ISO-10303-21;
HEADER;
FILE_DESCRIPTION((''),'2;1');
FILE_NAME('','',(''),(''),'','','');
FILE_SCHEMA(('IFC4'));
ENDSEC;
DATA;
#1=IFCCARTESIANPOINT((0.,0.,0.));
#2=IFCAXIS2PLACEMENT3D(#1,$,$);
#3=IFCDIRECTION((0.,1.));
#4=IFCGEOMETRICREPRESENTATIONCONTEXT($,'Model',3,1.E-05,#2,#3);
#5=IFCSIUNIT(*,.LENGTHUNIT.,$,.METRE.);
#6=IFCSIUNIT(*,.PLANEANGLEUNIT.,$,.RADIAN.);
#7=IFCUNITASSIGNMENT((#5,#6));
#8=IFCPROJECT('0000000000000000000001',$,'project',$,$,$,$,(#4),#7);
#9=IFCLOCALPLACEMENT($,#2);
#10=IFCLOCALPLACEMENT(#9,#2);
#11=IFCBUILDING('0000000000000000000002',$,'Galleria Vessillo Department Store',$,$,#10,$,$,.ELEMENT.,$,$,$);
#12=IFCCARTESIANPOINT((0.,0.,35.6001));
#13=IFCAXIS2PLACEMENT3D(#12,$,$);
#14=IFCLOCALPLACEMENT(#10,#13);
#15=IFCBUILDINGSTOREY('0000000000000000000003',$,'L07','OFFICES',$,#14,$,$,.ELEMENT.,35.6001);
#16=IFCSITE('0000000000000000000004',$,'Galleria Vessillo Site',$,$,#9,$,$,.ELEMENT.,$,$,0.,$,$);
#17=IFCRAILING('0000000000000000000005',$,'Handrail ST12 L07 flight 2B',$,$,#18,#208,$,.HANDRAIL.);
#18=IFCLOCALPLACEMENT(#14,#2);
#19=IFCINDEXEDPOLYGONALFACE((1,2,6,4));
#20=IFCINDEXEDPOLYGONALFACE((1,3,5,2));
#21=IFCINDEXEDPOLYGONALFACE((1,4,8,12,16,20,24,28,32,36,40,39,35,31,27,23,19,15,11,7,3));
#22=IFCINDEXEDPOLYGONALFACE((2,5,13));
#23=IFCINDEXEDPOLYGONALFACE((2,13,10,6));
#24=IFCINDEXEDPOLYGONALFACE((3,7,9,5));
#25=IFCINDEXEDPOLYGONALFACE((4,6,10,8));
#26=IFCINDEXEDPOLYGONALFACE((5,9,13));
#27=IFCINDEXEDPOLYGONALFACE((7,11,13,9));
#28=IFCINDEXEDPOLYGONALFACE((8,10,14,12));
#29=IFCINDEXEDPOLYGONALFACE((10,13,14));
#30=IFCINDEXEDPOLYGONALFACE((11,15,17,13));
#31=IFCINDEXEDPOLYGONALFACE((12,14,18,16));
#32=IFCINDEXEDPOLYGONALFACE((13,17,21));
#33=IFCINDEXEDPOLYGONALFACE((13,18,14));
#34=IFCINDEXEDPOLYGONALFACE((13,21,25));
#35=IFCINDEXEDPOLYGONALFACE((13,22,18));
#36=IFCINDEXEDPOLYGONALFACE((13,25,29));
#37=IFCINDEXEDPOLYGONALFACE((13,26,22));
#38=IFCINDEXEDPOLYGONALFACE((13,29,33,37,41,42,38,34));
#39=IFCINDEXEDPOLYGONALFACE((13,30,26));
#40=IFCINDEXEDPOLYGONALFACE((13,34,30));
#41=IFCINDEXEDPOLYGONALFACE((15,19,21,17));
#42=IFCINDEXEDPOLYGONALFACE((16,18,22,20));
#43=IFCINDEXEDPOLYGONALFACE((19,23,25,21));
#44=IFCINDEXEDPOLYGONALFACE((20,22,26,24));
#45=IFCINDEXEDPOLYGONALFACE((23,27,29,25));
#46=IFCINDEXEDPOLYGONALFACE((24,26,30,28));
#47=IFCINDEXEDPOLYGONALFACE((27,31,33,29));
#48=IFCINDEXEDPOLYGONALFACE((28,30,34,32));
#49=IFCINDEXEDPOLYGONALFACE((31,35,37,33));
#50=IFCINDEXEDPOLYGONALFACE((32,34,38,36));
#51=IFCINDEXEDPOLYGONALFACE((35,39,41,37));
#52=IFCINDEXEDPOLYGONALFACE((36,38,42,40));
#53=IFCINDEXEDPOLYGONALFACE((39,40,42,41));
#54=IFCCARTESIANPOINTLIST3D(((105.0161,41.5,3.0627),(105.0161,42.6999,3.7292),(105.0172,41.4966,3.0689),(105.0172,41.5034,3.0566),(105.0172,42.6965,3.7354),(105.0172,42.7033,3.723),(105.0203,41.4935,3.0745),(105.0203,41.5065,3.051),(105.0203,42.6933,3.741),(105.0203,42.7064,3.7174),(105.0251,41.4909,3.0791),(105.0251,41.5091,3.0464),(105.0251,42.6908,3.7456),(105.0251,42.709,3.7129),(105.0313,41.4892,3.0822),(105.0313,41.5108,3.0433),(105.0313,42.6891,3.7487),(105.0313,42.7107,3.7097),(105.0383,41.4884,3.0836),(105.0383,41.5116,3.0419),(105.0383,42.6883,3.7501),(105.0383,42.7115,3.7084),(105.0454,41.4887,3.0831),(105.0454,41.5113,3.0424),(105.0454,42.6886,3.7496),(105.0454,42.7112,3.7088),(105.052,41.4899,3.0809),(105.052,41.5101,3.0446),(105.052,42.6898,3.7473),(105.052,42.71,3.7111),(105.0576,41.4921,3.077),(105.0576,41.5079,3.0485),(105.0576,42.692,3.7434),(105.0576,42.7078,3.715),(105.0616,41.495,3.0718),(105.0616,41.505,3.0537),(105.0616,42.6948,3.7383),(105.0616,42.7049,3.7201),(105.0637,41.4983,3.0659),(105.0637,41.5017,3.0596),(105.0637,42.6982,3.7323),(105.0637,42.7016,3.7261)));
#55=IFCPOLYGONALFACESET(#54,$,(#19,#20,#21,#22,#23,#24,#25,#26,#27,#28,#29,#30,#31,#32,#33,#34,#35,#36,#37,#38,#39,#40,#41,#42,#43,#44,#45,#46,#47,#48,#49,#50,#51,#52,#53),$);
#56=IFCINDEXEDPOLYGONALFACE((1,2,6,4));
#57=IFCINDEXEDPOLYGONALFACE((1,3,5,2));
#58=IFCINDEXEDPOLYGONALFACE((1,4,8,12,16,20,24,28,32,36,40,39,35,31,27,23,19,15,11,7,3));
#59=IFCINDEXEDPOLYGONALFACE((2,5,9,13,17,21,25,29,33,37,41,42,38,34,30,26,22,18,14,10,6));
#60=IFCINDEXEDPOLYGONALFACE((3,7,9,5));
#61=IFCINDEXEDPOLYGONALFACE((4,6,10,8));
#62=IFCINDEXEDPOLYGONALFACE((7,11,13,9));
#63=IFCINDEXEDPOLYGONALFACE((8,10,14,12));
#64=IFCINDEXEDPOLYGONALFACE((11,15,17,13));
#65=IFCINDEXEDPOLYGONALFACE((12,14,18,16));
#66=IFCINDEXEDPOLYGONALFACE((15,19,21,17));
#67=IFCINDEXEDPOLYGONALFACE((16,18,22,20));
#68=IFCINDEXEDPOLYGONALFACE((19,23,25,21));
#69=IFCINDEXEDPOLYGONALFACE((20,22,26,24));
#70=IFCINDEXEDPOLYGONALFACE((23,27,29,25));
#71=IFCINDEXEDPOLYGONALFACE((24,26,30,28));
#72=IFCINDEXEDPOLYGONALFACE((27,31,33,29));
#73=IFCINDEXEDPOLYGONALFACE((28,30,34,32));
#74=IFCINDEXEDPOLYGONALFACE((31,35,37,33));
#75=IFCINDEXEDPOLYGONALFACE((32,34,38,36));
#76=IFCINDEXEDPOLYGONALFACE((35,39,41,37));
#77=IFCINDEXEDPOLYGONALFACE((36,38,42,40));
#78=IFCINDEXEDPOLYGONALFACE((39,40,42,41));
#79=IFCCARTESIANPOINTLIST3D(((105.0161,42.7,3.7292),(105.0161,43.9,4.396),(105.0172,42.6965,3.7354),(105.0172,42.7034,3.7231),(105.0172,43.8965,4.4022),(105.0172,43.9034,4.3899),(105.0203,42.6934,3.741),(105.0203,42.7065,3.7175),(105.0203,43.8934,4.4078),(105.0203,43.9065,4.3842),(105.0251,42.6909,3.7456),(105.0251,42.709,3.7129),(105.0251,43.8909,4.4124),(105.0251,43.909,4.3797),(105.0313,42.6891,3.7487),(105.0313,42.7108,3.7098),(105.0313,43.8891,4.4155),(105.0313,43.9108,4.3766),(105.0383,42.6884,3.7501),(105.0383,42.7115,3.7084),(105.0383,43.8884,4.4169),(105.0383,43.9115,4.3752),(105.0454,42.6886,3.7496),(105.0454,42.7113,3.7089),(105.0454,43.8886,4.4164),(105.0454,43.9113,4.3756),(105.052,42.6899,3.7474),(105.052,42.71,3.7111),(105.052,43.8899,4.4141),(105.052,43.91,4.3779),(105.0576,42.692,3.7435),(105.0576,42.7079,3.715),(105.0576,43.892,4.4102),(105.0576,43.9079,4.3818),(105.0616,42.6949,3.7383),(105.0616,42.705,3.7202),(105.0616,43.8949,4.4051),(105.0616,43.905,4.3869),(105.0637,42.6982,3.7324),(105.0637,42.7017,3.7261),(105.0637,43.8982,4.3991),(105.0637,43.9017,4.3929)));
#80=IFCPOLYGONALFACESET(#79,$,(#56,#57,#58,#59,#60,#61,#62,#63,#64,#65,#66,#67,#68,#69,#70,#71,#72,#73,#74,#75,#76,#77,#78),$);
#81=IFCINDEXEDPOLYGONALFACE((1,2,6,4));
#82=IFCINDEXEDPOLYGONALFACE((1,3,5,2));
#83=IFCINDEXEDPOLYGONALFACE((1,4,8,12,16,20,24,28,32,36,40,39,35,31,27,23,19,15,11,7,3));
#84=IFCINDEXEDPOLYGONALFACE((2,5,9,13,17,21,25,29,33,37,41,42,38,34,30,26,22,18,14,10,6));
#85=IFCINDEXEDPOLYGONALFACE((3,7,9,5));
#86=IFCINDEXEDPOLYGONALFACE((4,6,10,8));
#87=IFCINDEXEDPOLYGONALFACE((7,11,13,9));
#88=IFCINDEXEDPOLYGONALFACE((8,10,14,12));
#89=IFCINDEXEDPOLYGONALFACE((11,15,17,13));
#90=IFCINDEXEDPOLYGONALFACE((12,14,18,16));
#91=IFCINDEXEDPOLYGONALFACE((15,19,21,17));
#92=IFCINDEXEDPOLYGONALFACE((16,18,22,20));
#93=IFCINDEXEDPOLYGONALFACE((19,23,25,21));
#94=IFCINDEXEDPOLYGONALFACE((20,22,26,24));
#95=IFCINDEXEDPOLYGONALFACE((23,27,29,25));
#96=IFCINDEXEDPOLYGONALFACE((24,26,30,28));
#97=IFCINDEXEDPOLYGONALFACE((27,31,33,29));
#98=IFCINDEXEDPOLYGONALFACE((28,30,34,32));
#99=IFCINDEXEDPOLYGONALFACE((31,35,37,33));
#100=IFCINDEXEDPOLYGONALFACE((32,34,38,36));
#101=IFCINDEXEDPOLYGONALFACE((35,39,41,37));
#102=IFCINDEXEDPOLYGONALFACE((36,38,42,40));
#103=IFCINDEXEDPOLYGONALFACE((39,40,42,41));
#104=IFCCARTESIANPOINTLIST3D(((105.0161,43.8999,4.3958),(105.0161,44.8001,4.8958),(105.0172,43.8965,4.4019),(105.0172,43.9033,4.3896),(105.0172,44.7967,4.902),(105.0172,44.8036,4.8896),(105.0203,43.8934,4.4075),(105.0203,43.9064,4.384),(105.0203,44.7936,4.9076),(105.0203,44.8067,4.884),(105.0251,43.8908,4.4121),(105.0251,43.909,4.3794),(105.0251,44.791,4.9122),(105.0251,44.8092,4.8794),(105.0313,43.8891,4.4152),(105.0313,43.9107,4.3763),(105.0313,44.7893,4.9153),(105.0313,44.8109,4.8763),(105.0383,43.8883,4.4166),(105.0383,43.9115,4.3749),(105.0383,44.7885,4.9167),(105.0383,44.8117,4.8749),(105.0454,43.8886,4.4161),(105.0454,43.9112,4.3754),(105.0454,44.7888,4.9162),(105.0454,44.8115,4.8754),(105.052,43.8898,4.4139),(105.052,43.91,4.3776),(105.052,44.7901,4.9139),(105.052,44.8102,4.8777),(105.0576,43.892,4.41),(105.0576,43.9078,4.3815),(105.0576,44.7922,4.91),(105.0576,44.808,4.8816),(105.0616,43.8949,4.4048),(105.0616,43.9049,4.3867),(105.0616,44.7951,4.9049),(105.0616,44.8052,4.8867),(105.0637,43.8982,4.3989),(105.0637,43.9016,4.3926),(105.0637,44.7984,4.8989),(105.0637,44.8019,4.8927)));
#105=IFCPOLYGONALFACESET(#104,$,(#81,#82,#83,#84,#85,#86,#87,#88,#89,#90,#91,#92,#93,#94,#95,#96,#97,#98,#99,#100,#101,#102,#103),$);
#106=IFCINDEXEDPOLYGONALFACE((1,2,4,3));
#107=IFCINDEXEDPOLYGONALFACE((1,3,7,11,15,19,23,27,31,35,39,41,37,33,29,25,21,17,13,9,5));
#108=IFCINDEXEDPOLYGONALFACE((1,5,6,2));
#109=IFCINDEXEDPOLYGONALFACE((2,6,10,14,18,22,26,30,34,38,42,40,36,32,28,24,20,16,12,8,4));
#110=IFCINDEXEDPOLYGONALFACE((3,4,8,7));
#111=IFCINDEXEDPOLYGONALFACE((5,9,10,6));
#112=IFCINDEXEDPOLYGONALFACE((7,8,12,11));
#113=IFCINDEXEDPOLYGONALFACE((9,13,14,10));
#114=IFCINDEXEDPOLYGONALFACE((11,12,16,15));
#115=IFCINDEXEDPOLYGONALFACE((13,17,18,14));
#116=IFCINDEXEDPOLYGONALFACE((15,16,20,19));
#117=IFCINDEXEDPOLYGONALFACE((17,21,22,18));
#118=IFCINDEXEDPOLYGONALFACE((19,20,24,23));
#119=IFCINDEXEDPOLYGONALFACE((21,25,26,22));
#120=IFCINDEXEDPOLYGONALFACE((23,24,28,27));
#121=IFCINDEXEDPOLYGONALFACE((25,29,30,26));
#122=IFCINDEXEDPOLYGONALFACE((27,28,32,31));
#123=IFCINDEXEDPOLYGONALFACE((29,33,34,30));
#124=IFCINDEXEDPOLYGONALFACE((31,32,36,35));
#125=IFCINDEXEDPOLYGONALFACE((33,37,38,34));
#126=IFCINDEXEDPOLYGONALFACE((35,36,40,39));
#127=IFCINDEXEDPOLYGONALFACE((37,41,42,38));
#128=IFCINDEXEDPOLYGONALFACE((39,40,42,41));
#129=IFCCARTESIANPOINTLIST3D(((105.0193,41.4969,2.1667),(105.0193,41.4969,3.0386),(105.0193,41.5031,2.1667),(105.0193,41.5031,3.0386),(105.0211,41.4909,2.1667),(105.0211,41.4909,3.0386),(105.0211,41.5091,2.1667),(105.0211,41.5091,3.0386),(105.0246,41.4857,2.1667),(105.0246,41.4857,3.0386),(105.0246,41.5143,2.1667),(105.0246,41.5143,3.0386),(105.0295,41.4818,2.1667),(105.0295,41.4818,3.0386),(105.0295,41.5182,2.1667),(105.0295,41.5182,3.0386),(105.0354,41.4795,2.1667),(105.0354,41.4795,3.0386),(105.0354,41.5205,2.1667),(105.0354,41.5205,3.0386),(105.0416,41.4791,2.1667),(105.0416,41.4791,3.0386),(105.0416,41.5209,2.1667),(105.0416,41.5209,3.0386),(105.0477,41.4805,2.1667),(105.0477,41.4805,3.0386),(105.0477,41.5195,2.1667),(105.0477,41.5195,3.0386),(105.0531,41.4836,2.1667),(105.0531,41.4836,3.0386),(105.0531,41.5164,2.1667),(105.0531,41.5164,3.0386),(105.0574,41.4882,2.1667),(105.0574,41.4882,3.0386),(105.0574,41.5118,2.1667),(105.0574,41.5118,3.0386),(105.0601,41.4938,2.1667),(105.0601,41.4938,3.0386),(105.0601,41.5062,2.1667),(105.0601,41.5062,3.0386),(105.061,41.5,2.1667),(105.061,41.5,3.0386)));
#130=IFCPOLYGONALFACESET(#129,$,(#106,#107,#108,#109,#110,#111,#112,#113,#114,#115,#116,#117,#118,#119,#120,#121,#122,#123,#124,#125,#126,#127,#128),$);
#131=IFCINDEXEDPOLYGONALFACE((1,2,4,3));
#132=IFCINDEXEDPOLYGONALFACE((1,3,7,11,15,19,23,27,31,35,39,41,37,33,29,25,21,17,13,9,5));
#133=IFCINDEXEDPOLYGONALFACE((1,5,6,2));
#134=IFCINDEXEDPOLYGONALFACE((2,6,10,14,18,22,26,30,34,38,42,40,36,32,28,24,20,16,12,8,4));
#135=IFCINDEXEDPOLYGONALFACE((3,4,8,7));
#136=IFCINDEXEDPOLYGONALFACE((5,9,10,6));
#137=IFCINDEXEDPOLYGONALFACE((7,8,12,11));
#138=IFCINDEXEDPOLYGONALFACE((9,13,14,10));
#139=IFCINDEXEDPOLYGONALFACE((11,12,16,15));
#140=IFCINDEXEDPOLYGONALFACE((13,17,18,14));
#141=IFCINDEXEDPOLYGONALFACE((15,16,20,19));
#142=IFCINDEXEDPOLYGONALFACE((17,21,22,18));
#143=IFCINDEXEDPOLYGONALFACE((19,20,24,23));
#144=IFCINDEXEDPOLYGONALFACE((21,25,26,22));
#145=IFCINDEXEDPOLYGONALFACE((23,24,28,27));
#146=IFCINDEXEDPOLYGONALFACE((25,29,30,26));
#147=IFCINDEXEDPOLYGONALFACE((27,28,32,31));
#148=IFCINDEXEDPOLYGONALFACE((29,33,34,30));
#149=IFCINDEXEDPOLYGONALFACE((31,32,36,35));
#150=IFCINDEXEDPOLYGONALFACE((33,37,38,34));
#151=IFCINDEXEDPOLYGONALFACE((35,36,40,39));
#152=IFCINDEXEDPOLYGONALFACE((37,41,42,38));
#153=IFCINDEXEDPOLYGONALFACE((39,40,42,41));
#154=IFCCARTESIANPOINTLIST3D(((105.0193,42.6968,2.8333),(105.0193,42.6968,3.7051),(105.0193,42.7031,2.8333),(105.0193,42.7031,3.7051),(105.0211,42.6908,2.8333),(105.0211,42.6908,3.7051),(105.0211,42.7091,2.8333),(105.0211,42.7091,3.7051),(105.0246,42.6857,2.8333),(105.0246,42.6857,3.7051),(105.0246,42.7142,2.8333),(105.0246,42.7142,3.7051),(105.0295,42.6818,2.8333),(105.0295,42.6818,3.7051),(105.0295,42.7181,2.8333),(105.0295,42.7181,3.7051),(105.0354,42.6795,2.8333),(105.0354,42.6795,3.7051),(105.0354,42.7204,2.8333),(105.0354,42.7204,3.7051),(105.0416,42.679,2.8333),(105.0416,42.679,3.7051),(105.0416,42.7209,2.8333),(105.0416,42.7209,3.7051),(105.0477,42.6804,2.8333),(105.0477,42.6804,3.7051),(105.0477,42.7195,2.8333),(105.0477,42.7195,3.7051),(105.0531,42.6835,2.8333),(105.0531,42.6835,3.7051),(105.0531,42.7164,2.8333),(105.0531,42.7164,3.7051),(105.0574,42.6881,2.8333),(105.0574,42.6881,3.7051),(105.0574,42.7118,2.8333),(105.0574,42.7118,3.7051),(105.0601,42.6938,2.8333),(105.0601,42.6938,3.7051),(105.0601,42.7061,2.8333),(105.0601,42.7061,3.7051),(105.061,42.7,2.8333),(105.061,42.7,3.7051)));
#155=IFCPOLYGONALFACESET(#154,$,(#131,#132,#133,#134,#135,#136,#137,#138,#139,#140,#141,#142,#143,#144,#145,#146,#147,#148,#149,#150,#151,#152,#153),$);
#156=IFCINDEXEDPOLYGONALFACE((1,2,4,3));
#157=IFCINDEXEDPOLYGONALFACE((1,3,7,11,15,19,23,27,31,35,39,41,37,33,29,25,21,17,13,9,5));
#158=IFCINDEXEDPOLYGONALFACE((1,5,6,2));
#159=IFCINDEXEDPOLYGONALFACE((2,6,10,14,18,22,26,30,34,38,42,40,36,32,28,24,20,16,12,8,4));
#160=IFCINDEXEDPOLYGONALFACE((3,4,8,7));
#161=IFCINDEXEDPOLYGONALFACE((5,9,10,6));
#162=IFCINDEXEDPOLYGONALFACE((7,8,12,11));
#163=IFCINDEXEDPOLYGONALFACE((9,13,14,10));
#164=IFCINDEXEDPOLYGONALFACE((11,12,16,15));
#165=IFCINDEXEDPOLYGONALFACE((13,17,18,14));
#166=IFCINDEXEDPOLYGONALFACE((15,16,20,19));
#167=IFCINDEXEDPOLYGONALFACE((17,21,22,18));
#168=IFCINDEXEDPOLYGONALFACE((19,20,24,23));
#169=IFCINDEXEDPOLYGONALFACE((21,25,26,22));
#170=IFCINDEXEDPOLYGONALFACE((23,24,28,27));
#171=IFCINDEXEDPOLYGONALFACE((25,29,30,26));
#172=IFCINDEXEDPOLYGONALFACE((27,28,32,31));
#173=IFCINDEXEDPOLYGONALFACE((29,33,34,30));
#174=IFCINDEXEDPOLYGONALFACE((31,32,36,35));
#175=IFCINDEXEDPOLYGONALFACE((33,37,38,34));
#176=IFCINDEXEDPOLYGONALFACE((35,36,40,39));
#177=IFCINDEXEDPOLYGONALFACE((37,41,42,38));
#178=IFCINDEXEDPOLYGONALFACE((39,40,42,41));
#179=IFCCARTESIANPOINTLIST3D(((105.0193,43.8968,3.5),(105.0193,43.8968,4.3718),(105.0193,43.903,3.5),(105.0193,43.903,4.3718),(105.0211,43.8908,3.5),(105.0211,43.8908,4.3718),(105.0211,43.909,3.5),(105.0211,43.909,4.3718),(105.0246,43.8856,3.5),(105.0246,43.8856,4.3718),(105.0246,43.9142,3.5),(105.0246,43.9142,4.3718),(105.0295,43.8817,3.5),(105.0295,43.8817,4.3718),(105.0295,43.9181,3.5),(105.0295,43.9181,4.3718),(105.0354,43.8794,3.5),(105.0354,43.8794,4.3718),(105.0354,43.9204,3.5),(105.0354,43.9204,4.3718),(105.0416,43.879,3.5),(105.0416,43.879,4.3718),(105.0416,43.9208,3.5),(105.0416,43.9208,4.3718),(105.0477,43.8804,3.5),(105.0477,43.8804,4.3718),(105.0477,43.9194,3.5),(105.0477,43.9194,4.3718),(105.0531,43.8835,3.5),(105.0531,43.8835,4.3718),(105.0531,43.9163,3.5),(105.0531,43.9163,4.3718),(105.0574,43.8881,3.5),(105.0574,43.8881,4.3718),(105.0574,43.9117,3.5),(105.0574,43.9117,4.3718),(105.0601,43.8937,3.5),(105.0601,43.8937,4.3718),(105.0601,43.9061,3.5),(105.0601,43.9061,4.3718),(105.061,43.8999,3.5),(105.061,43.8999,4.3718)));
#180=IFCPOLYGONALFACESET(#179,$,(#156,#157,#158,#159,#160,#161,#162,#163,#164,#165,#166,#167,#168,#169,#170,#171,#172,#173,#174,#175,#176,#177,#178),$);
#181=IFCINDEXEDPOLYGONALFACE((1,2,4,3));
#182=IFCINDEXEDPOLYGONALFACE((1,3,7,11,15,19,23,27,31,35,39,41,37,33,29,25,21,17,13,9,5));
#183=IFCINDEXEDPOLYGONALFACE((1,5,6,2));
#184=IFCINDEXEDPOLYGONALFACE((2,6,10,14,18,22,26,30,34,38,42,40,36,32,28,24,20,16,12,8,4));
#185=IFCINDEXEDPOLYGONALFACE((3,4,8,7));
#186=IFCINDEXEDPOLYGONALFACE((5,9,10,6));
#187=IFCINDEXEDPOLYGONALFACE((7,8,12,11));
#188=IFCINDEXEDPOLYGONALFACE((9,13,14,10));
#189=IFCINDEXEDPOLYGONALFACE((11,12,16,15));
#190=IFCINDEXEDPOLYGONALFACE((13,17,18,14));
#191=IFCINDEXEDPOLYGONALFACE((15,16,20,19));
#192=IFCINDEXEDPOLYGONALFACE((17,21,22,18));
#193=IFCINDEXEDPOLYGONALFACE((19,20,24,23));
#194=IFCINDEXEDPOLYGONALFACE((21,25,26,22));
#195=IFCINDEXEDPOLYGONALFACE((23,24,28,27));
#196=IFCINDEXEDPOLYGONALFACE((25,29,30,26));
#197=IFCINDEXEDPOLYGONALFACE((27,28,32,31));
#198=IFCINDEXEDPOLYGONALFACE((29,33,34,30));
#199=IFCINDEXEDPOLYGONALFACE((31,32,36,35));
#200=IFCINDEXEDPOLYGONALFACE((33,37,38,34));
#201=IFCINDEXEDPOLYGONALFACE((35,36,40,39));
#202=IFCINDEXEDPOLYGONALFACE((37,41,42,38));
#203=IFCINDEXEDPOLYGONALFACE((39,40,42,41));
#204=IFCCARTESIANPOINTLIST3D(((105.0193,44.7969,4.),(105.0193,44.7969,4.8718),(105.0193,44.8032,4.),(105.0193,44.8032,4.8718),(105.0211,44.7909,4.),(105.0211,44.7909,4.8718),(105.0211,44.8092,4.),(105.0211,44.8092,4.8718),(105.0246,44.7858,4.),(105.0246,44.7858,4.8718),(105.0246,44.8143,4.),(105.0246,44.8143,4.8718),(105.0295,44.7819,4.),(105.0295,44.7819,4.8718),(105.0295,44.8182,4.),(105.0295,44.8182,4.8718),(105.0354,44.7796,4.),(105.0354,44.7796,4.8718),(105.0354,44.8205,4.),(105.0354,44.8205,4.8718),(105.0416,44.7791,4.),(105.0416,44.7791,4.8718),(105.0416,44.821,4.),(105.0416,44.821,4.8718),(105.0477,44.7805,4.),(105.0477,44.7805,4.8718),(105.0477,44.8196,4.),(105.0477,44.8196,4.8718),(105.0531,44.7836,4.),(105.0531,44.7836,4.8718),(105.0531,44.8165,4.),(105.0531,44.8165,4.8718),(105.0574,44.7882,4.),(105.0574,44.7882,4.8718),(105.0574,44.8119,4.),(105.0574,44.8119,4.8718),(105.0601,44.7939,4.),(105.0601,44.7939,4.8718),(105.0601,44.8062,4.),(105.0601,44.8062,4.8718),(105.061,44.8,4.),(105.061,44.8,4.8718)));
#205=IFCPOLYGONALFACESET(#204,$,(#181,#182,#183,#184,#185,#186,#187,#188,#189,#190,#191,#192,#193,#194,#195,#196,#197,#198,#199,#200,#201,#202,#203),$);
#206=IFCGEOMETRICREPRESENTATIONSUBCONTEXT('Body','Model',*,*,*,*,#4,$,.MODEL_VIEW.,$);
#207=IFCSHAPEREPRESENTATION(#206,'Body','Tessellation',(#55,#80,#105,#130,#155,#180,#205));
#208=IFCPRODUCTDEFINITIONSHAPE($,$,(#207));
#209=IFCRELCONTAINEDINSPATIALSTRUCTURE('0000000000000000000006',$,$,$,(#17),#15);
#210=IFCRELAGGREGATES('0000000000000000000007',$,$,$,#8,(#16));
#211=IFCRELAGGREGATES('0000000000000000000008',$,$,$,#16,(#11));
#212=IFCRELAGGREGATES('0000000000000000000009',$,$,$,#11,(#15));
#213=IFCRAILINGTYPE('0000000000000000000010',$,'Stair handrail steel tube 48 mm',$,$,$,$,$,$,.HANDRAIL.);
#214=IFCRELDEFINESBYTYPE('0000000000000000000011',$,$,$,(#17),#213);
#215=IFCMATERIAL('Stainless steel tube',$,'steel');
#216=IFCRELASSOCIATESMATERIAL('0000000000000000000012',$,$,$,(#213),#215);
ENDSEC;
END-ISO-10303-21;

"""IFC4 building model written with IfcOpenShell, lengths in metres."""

from ifc_helpers import new_model, si_unit, direction, frame, origin, origin_2d, place, context, subcontext, project, spatial, circle, extrude, material, type_object, element, save


model = new_model("IFC4")

# Units and contexts
model_context = context("Model", 3, precision=1e-05, world=origin(), true_north=direction((0.0, 1.0)))
body_context = subcontext(model_context, "Body", "Model", "MODEL_VIEW")
ifc_project = project(units=[si_unit("LENGTHUNIT", "METRE"), si_unit("PLANEANGLEUNIT", "RADIAN")], contexts=[model_context])

# Site, building, storey
site_placement = place(None, origin())
site = spatial("IfcSite", under=ifc_project, at=site_placement, Name="Galleria Vessillo Site", CompositionType="ELEMENT", RefElevation=0.0)
building_placement = place(site_placement, origin())
building = spatial("IfcBuilding", under=site, at=building_placement, Name="Galleria Vessillo Department Store", CompositionType="ELEMENT")
storey_placement = place(building_placement, frame((0.0, 0.0, 35.6001)))
storey = spatial("IfcBuildingStorey", under=building, at=storey_placement, Name="L07", Description="OFFICES", CompositionType="ELEMENT", Elevation=35.6001)

# Railing
ifc_material_1 = material(Name="Stainless steel tube", Category="steel")
railing_type = type_object("IfcRailingType", Name="Stair handrail steel tube 48 mm", PredefinedType="HANDRAIL", material=ifc_material_1)
for number, where, name in (
    (1, (105.04, 41.5, 2.1667), "Handrail ST12 L07 flight 2B"),
):
    element("IfcRailing", number, at=place(storey_placement, frame(where)), inside=storey, type_object=railing_type, Name=name, PredefinedType="HANDRAIL", context=body_context, shape_type="SweptSolid", body=[
        extrude(circle(Radius=0.0239, at=origin_2d()), frame((0.0, 0.0, 0.896), z_axis=(0.0, 0.874199, 0.485567), x_axis=(-1.0, 0.0, 0.0)), (0.0, 0.0, 1.0), 1.3726),
        extrude(circle(Radius=0.0239, at=origin_2d()), frame((0.0, 1.2, 1.5625), z_axis=(0.0, 0.874124, 0.485703), x_axis=(-1.0, 0.0, 0.0)), (0.0, 0.0, 1.0), 1.3728),
        extrude(circle(Radius=0.0239, at=origin_2d()), frame((0.0, 2.3999, 2.229), z_axis=(0.0, 0.874191, 0.485583), x_axis=(-1.0, 0.0, 0.0)), (0.0, 0.0, 1.0), 1.0298),
        extrude(circle(Radius=0.021, at=origin_2d()), origin(), (0.0, 0.0, 1.0), 0.8718),
        extrude(circle(Radius=0.021, at=origin_2d()), frame((0.0, 1.2, 0.6665)), (0.0, 0.0, 1.0), 0.8718),
        extrude(circle(Radius=0.021, at=origin_2d()), frame((0.0, 2.3999, 1.3333)), (0.0, 0.0, 1.0), 0.8718),
        extrude(circle(Radius=0.021, at=origin_2d()), frame((0.0, 3.3, 1.8333)), (0.0, 0.0, 1.0), 0.8718),
    ])

save(model, "model.ifc")
